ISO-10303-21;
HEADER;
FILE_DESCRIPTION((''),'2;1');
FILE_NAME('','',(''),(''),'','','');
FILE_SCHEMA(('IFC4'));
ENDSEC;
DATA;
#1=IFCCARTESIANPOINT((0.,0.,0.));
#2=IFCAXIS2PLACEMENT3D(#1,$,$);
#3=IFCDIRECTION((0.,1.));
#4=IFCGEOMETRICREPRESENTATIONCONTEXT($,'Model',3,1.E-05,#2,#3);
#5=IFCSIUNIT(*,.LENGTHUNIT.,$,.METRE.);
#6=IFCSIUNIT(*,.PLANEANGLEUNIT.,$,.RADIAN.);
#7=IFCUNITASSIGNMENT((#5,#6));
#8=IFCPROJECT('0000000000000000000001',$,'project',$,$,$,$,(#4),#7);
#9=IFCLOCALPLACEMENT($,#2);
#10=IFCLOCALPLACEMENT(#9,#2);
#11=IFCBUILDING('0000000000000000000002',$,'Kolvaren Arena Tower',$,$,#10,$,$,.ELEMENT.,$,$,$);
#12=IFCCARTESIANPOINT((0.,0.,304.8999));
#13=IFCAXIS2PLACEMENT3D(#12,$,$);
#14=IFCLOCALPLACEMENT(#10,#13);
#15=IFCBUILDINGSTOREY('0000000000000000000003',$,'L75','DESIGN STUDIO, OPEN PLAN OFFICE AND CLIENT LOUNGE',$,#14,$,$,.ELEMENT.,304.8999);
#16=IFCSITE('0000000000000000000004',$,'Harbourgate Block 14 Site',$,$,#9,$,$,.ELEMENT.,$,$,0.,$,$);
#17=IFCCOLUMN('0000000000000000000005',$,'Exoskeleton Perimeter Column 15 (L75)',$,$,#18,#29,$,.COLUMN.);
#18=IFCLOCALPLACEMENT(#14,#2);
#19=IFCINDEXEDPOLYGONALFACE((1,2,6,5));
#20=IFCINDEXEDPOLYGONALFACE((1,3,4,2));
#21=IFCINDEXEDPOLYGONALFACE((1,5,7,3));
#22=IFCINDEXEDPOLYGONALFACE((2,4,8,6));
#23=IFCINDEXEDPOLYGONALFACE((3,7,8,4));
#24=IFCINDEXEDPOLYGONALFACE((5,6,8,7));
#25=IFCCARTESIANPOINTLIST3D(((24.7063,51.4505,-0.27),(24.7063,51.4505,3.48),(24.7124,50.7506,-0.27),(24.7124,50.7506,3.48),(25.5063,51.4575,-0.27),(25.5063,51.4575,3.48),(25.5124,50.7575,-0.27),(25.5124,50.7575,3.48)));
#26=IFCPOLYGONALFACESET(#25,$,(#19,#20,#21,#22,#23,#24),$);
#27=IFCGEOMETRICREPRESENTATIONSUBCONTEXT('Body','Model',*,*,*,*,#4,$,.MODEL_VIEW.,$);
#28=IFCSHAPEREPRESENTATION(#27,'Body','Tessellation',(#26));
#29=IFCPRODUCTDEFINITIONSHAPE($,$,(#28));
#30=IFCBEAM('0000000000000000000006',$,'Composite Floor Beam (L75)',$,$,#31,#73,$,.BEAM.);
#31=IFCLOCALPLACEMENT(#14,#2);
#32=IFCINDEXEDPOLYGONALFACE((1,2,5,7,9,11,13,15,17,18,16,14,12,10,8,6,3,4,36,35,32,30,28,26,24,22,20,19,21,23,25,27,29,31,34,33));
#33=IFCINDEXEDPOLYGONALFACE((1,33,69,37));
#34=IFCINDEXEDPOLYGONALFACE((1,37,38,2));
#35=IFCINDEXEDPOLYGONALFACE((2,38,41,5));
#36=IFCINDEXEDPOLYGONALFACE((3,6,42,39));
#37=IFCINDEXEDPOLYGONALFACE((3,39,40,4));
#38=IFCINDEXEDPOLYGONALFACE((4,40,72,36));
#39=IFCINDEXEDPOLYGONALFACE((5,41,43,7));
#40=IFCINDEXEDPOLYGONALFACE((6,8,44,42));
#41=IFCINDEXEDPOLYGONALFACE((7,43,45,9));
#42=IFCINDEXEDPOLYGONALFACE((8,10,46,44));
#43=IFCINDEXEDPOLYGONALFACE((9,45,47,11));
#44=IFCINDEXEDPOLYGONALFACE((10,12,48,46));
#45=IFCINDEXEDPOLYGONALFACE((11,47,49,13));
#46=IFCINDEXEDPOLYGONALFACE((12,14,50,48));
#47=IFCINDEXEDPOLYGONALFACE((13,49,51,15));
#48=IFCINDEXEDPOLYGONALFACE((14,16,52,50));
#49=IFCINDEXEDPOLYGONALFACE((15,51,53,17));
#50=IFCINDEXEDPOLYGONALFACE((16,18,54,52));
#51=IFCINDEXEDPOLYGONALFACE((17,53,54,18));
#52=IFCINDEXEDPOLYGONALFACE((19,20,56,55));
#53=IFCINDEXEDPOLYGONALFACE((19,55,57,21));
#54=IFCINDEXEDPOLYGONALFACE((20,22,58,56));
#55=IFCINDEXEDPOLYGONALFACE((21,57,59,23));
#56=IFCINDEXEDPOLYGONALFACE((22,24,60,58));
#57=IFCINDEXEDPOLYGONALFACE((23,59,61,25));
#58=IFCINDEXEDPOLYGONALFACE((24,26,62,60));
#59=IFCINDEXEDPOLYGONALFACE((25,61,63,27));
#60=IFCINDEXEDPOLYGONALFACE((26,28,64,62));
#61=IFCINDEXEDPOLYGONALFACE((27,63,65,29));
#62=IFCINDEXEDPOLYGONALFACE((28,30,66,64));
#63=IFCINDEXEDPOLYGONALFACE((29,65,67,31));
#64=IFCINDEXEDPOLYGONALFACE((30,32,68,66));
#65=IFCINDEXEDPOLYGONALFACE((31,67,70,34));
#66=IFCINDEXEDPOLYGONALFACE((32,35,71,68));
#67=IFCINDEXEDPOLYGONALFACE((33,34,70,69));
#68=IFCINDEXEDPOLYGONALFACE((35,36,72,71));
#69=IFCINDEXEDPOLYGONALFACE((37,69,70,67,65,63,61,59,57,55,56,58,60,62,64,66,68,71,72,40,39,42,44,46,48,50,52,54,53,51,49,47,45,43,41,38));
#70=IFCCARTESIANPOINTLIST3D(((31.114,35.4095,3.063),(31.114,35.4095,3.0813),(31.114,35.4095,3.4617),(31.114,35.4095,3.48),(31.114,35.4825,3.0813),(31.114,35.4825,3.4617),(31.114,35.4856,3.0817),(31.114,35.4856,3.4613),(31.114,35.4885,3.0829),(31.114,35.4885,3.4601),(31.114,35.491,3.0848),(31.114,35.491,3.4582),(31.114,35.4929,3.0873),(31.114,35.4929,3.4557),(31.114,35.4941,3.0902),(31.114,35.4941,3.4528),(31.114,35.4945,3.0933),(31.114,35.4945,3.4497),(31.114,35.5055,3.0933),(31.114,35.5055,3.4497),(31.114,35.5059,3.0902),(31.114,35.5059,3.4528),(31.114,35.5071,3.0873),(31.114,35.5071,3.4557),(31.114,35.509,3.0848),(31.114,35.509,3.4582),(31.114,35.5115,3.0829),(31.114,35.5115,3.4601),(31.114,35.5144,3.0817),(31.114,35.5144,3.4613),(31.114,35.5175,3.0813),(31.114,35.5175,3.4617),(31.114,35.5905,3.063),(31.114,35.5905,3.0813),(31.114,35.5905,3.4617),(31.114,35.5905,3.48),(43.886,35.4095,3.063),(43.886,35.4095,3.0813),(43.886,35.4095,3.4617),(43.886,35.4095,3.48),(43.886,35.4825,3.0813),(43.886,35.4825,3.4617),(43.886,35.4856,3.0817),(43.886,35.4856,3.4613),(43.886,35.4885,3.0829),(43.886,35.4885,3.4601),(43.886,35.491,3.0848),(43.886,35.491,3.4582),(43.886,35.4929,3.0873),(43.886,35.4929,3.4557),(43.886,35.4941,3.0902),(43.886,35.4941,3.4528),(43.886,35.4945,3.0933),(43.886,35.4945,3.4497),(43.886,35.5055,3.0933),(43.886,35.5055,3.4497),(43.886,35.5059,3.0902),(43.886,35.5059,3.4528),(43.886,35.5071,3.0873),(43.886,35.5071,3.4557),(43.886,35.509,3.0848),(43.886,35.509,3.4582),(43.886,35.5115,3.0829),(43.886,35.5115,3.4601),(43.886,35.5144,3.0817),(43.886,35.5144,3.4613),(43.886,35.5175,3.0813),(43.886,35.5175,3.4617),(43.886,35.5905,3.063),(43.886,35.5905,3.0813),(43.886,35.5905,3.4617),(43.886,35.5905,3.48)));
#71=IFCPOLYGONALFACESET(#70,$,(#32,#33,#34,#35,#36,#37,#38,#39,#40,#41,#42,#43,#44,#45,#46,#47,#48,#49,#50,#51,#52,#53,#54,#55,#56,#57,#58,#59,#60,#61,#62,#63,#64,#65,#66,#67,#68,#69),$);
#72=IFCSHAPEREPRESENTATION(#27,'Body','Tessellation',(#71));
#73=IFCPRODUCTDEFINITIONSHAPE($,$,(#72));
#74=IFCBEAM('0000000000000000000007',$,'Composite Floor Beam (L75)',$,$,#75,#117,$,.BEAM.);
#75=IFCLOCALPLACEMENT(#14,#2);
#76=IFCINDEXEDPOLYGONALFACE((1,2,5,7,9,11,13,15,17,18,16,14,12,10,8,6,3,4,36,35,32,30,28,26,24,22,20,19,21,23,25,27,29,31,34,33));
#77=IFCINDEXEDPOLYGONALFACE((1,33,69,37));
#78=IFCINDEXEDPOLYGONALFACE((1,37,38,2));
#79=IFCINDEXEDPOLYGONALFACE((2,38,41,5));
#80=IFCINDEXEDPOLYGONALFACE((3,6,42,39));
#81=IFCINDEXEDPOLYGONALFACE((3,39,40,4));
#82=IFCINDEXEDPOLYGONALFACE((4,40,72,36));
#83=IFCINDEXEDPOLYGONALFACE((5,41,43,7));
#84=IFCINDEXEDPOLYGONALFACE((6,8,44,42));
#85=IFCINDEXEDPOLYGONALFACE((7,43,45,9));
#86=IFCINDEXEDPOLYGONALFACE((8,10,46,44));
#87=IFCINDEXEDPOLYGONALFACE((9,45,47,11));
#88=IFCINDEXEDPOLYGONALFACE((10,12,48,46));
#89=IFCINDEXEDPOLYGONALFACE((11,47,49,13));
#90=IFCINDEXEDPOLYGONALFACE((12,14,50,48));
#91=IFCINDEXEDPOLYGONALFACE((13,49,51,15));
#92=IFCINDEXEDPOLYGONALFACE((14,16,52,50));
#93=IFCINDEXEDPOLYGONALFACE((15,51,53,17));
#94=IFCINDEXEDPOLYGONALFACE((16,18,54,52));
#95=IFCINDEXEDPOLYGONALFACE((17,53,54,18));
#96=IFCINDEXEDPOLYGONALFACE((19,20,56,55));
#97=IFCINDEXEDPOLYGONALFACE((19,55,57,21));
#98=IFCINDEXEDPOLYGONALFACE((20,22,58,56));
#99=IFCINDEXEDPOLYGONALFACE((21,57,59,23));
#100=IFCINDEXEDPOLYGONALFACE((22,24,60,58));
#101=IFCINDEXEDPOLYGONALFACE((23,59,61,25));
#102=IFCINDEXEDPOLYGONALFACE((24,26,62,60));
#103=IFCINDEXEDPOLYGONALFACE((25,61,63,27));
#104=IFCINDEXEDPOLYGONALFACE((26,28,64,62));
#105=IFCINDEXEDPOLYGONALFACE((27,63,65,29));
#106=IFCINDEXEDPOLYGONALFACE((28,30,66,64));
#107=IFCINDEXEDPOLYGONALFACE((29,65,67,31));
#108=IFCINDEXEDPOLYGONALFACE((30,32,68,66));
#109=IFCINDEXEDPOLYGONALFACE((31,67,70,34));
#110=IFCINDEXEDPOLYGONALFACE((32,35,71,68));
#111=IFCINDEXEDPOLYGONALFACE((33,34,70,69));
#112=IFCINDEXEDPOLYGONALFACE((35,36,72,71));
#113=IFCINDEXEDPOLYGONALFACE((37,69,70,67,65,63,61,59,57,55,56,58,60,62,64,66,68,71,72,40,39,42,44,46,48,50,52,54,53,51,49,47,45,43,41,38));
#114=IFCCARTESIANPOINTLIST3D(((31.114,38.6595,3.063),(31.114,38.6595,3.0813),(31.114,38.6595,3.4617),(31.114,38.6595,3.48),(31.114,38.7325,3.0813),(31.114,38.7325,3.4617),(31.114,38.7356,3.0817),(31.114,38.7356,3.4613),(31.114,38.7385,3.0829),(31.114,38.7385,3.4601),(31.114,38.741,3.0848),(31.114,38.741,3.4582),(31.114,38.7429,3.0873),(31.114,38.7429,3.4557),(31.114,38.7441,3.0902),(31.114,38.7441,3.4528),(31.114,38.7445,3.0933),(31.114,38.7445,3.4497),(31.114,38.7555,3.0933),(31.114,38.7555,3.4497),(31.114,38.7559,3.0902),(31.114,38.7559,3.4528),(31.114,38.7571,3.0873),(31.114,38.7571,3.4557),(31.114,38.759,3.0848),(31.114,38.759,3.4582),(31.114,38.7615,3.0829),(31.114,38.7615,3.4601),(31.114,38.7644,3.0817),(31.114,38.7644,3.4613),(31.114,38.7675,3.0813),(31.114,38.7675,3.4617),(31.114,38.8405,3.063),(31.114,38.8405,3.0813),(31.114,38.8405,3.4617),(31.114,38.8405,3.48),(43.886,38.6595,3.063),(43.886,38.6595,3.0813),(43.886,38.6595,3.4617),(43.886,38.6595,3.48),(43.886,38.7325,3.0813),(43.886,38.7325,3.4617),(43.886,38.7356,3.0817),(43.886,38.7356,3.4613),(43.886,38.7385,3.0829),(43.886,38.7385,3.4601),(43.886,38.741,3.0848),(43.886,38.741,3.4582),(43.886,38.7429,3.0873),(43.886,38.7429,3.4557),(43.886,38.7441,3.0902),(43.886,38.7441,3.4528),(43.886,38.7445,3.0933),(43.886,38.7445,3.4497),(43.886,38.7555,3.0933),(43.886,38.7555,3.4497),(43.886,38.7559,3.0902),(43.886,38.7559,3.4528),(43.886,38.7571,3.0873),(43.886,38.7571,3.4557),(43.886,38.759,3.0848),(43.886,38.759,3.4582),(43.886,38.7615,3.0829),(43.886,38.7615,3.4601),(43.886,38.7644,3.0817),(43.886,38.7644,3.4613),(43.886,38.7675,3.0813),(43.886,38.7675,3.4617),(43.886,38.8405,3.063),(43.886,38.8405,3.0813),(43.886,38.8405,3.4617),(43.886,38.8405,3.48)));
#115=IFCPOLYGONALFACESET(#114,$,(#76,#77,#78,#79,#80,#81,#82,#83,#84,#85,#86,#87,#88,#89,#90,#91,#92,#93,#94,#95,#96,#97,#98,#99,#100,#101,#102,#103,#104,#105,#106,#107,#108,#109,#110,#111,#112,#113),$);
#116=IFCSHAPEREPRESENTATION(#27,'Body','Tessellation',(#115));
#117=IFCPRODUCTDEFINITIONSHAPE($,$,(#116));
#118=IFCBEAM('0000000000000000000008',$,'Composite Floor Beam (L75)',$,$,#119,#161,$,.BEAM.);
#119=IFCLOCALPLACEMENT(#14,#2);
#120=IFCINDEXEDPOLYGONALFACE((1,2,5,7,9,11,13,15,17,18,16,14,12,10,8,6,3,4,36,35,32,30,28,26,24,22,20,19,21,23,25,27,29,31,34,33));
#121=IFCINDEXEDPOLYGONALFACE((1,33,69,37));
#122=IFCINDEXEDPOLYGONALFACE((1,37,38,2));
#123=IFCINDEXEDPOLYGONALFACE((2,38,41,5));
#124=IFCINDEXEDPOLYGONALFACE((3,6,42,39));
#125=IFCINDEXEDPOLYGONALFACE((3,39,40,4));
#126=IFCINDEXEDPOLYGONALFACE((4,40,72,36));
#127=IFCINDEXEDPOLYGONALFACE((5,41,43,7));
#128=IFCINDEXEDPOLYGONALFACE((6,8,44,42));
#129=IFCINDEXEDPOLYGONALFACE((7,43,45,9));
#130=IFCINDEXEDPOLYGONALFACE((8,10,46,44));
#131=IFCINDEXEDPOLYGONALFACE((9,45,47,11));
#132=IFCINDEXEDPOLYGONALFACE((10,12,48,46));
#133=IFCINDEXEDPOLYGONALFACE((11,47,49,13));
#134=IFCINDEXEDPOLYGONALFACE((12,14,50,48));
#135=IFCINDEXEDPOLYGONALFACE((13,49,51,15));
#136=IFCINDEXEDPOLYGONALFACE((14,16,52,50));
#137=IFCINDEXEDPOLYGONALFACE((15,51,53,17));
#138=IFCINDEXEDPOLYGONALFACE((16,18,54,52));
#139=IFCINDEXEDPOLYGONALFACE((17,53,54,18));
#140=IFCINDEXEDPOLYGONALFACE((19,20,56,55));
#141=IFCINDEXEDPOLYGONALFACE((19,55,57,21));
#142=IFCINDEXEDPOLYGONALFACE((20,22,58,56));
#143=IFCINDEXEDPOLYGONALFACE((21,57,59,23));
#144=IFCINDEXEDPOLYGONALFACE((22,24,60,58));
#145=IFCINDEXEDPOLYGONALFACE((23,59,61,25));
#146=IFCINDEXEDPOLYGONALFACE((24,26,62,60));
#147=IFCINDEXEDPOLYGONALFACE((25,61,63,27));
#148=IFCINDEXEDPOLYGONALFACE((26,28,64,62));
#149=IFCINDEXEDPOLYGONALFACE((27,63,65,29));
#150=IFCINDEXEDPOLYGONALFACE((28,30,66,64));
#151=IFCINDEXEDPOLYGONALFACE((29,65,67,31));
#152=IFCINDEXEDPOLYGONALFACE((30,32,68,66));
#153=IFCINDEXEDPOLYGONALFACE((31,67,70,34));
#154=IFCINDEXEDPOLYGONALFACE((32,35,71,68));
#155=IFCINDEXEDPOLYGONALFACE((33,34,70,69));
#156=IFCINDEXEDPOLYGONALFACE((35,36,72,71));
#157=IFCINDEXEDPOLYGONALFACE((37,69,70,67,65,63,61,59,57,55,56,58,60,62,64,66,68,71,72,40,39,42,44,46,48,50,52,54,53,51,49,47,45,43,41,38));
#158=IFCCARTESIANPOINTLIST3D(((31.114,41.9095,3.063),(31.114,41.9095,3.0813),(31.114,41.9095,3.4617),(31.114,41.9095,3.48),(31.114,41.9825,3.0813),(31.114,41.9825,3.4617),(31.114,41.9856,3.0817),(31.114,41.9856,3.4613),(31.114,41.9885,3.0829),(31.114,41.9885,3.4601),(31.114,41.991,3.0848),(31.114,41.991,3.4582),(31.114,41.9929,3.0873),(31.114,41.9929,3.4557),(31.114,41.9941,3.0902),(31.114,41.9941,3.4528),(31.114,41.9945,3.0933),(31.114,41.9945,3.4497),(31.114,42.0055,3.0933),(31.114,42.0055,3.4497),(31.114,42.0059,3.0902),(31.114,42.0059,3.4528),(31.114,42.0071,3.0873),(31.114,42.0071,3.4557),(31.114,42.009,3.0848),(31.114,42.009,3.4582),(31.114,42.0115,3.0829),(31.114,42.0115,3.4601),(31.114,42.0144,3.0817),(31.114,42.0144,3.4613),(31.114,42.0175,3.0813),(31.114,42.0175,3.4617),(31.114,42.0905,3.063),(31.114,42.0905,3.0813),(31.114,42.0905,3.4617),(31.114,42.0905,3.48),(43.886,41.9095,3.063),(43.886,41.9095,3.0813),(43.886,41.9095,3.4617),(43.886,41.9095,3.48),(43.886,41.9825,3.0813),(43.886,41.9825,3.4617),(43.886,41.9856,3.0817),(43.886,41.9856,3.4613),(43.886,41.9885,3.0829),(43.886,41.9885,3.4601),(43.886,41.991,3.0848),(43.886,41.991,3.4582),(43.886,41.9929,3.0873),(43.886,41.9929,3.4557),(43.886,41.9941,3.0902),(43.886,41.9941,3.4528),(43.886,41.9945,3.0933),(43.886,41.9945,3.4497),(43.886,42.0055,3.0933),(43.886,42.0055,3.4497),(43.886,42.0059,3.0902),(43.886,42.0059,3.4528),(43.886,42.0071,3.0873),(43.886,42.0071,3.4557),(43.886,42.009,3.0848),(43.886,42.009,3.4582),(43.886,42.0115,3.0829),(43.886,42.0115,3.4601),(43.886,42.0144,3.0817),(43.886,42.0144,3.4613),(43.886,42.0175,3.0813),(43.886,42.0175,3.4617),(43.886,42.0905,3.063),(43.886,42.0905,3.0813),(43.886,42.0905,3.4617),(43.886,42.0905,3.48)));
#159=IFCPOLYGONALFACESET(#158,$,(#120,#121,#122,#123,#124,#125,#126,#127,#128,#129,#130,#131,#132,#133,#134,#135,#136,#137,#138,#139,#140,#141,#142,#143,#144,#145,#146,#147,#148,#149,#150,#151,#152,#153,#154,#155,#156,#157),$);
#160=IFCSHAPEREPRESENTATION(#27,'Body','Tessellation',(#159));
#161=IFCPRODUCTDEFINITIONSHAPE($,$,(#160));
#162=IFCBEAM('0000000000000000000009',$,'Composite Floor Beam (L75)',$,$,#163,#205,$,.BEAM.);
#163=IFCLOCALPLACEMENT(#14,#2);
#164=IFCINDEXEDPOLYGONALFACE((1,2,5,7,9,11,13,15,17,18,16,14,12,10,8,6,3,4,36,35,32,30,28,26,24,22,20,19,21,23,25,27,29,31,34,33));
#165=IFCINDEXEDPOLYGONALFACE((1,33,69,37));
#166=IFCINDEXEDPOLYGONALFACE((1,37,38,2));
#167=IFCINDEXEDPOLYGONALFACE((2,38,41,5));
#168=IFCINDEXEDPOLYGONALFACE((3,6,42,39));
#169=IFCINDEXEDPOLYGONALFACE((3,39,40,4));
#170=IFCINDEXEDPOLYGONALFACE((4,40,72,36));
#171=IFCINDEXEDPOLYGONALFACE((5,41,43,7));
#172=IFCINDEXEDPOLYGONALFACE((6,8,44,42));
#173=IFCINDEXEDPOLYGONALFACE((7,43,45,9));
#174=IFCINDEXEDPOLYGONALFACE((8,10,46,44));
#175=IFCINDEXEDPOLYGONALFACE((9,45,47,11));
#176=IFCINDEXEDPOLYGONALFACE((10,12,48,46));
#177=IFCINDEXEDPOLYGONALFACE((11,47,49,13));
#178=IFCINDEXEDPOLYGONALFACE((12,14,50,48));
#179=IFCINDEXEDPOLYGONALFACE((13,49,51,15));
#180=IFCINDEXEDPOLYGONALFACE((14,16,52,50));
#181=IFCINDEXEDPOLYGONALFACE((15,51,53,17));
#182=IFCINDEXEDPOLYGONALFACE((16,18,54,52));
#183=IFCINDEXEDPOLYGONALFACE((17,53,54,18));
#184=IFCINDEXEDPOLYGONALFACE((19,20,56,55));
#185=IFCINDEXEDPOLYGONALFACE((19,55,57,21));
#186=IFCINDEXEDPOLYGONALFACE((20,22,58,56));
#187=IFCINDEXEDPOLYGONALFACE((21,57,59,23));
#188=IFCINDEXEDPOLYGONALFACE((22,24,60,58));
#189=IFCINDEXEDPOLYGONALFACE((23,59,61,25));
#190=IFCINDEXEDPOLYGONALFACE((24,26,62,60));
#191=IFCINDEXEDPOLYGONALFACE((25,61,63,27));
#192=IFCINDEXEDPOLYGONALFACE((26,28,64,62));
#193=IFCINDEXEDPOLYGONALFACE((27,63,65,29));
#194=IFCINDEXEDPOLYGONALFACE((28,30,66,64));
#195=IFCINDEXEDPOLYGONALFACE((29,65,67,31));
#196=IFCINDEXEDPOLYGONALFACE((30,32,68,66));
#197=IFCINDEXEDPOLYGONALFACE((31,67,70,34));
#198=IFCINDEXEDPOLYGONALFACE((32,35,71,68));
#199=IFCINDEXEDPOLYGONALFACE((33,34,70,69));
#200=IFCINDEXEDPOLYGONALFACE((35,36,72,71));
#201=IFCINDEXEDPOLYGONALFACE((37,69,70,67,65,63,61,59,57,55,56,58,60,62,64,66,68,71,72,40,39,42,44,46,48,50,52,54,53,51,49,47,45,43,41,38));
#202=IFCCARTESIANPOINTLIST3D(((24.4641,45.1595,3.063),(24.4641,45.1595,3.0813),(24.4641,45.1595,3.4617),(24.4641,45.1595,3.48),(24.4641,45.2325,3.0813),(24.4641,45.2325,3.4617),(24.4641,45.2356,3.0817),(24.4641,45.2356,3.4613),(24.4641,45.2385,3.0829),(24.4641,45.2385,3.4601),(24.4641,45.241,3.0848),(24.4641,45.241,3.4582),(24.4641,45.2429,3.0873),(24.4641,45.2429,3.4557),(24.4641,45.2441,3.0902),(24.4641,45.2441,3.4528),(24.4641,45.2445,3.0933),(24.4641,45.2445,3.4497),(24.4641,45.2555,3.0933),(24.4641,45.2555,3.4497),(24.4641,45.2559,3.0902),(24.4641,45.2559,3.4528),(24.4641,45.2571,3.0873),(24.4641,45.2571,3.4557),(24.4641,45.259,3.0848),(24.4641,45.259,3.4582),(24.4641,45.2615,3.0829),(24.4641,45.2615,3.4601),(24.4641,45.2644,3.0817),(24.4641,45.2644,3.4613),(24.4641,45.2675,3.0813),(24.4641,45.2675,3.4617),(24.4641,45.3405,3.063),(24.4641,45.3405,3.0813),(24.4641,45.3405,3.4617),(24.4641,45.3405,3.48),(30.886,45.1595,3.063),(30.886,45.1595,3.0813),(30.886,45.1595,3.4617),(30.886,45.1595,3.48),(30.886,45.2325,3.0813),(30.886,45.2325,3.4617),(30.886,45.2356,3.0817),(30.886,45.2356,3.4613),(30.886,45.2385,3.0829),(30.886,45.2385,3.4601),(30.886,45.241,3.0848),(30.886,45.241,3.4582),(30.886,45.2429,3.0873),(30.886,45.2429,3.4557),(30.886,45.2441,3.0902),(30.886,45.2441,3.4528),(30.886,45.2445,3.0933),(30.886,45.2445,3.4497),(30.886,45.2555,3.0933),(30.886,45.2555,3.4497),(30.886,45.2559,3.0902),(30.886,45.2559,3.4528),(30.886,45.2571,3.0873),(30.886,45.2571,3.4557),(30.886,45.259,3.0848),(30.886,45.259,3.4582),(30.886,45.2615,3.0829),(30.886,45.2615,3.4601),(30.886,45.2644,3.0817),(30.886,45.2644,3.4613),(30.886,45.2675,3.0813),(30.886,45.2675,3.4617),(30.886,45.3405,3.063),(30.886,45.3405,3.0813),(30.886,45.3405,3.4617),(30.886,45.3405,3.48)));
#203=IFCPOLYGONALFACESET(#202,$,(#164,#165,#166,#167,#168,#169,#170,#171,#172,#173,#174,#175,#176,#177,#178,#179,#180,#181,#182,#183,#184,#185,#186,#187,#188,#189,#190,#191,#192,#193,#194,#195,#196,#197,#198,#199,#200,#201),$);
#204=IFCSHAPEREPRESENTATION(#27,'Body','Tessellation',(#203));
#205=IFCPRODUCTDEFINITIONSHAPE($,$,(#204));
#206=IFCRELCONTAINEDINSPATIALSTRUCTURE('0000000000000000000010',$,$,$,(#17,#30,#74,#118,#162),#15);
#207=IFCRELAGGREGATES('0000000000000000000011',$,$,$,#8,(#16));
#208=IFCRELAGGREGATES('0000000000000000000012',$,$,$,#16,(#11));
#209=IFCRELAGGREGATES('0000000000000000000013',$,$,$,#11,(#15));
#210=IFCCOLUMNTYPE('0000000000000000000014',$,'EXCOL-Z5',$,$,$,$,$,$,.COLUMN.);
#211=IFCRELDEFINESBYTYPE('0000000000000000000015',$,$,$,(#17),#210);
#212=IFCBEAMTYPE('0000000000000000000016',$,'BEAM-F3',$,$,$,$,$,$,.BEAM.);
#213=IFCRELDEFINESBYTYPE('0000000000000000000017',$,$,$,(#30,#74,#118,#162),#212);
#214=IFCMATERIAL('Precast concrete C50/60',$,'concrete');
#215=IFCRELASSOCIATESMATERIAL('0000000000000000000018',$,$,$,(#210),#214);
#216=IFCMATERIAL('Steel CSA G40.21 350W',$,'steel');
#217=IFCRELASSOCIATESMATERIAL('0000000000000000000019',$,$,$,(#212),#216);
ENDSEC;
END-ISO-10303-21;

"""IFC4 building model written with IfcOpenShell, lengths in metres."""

from ifc_helpers import new_model, si_unit, direction, frame, origin, origin_2d, place, context, subcontext, project, spatial, rectangle, i_section, extrude, material, material_profile, profile_set, type_object, element, save


model = new_model("IFC4")

# Units and contexts
model_context = context("Model", 3, precision=1e-05, world=origin(), true_north=direction((0.0, 1.0)))
body_context = subcontext(model_context, "Body", "Model", "MODEL_VIEW")
ifc_project = project(units=[si_unit("LENGTHUNIT", "METRE"), si_unit("PLANEANGLEUNIT", "RADIAN")], contexts=[model_context])

# Site, building, storey
site_placement = place(None, origin())
site = spatial("IfcSite", under=ifc_project, at=site_placement, Name="Harbourgate Block 14 Site", CompositionType="ELEMENT", RefElevation=0.0)
building_placement = place(site_placement, origin())
building = spatial("IfcBuilding", under=site, at=building_placement, Name="Kolvaren Arena Tower", CompositionType="ELEMENT")
storey_placement = place(building_placement, frame((0.0, 0.0, 304.8999)))
storey = spatial("IfcBuildingStorey", under=building, at=storey_placement, Name="L75", Description="DESIGN STUDIO, OPEN PLAN OFFICE AND CLIENT LOUNGE", CompositionType="ELEMENT", Elevation=304.8999)

# Column
ifc_material_1 = material(Name="Precast concrete C50/60", Category="concrete")
ifc_material_profile_1 = material_profile(ifc_material_1, rectangle(XDim=0.8, YDim=0.7, at=origin_2d()), Name="RC-800x700")
ifc_profile_set_1 = profile_set([ifc_material_profile_1], Name="Precast concrete C50/60")
column_type = type_object("IfcColumnType", Name="EXCOL-Z5", PredefinedType="COLUMN", material=ifc_profile_set_1)
column_placement = place(storey_placement, frame((25.1094, 51.104, -0.27), z_axis=(0.0, 0.0, 1.0), x_axis=(0.999962, 0.008727, 0.0)))
element("IfcColumn", 1, at=column_placement, inside=storey, type_object=column_type, Name="Exoskeleton Perimeter Column 15 (L75)", PredefinedType="COLUMN", context=body_context, shape_type="SweptSolid", body=[
    extrude(rectangle(XDim=0.8, YDim=0.7, at=origin_2d()), origin(), (0.0, 0.0, 1.0), 3.75),
])

# Beams
ifc_material_2 = material(Name="Steel CSA G40.21 350W", Category="steel")
ifc_material_profile_2 = material_profile(ifc_material_2, i_section(OverallWidth=0.1809, OverallDepth=0.417, WebThickness=0.011, FlangeThickness=0.0183, FilletRadius=0.012, at=origin_2d()), Name="W410x85")
ifc_profile_set_2 = profile_set([ifc_material_profile_2], Name="Steel CSA G40.21 350W")
beam_type_1 = type_object("IfcBeamType", Name="BEAM-F3", PredefinedType="BEAM", material=ifc_profile_set_2)
for number, where, z_axis, x_axis, name in (
    (2, (31.114, 35.5, 3.2715), (1.0, 0.0, 0.0), (0.0, 1.0, 0.0), "Composite Floor Beam (L75)"),
    (3, (31.114, 38.75, 3.2715), (1.0, 0.0, 0.0), (0.0, 1.0, 0.0), "Composite Floor Beam (L75)"),
    (4, (31.114, 42.0, 3.2715), (1.0, 0.0, 0.0), (0.0, 1.0, 0.0), "Composite Floor Beam (L75)"),
):
    element("IfcBeam", number, at=place(storey_placement, frame(where, z_axis=z_axis, x_axis=x_axis)), inside=storey, type_object=beam_type_1, Name=name, PredefinedType="BEAM", context=body_context, shape_type="SweptSolid", body=[
        extrude(i_section(OverallWidth=0.1809, OverallDepth=0.417, WebThickness=0.011, FlangeThickness=0.0183, FilletRadius=0.012, at=origin_2d()), origin(), (0.0, 0.0, 1.0), 12.772),
    ])
beam_1_placement = place(storey_placement, frame((24.4641, 45.25, 3.2715), z_axis=(1.0, 0.0, 0.0), x_axis=(0.0, 1.0, 0.0)))
element("IfcBeam", 5, at=beam_1_placement, inside=storey, type_object=beam_type_1, Name="Composite Floor Beam (L75)", PredefinedType="BEAM", context=body_context, shape_type="SweptSolid", body=[
    extrude(i_section(OverallWidth=0.1809, OverallDepth=0.417, WebThickness=0.011, FlangeThickness=0.0183, FilletRadius=0.012, at=origin_2d()), origin(), (0.0, 0.0, 1.0), 6.4219),
])

save(model, "model.ifc")
